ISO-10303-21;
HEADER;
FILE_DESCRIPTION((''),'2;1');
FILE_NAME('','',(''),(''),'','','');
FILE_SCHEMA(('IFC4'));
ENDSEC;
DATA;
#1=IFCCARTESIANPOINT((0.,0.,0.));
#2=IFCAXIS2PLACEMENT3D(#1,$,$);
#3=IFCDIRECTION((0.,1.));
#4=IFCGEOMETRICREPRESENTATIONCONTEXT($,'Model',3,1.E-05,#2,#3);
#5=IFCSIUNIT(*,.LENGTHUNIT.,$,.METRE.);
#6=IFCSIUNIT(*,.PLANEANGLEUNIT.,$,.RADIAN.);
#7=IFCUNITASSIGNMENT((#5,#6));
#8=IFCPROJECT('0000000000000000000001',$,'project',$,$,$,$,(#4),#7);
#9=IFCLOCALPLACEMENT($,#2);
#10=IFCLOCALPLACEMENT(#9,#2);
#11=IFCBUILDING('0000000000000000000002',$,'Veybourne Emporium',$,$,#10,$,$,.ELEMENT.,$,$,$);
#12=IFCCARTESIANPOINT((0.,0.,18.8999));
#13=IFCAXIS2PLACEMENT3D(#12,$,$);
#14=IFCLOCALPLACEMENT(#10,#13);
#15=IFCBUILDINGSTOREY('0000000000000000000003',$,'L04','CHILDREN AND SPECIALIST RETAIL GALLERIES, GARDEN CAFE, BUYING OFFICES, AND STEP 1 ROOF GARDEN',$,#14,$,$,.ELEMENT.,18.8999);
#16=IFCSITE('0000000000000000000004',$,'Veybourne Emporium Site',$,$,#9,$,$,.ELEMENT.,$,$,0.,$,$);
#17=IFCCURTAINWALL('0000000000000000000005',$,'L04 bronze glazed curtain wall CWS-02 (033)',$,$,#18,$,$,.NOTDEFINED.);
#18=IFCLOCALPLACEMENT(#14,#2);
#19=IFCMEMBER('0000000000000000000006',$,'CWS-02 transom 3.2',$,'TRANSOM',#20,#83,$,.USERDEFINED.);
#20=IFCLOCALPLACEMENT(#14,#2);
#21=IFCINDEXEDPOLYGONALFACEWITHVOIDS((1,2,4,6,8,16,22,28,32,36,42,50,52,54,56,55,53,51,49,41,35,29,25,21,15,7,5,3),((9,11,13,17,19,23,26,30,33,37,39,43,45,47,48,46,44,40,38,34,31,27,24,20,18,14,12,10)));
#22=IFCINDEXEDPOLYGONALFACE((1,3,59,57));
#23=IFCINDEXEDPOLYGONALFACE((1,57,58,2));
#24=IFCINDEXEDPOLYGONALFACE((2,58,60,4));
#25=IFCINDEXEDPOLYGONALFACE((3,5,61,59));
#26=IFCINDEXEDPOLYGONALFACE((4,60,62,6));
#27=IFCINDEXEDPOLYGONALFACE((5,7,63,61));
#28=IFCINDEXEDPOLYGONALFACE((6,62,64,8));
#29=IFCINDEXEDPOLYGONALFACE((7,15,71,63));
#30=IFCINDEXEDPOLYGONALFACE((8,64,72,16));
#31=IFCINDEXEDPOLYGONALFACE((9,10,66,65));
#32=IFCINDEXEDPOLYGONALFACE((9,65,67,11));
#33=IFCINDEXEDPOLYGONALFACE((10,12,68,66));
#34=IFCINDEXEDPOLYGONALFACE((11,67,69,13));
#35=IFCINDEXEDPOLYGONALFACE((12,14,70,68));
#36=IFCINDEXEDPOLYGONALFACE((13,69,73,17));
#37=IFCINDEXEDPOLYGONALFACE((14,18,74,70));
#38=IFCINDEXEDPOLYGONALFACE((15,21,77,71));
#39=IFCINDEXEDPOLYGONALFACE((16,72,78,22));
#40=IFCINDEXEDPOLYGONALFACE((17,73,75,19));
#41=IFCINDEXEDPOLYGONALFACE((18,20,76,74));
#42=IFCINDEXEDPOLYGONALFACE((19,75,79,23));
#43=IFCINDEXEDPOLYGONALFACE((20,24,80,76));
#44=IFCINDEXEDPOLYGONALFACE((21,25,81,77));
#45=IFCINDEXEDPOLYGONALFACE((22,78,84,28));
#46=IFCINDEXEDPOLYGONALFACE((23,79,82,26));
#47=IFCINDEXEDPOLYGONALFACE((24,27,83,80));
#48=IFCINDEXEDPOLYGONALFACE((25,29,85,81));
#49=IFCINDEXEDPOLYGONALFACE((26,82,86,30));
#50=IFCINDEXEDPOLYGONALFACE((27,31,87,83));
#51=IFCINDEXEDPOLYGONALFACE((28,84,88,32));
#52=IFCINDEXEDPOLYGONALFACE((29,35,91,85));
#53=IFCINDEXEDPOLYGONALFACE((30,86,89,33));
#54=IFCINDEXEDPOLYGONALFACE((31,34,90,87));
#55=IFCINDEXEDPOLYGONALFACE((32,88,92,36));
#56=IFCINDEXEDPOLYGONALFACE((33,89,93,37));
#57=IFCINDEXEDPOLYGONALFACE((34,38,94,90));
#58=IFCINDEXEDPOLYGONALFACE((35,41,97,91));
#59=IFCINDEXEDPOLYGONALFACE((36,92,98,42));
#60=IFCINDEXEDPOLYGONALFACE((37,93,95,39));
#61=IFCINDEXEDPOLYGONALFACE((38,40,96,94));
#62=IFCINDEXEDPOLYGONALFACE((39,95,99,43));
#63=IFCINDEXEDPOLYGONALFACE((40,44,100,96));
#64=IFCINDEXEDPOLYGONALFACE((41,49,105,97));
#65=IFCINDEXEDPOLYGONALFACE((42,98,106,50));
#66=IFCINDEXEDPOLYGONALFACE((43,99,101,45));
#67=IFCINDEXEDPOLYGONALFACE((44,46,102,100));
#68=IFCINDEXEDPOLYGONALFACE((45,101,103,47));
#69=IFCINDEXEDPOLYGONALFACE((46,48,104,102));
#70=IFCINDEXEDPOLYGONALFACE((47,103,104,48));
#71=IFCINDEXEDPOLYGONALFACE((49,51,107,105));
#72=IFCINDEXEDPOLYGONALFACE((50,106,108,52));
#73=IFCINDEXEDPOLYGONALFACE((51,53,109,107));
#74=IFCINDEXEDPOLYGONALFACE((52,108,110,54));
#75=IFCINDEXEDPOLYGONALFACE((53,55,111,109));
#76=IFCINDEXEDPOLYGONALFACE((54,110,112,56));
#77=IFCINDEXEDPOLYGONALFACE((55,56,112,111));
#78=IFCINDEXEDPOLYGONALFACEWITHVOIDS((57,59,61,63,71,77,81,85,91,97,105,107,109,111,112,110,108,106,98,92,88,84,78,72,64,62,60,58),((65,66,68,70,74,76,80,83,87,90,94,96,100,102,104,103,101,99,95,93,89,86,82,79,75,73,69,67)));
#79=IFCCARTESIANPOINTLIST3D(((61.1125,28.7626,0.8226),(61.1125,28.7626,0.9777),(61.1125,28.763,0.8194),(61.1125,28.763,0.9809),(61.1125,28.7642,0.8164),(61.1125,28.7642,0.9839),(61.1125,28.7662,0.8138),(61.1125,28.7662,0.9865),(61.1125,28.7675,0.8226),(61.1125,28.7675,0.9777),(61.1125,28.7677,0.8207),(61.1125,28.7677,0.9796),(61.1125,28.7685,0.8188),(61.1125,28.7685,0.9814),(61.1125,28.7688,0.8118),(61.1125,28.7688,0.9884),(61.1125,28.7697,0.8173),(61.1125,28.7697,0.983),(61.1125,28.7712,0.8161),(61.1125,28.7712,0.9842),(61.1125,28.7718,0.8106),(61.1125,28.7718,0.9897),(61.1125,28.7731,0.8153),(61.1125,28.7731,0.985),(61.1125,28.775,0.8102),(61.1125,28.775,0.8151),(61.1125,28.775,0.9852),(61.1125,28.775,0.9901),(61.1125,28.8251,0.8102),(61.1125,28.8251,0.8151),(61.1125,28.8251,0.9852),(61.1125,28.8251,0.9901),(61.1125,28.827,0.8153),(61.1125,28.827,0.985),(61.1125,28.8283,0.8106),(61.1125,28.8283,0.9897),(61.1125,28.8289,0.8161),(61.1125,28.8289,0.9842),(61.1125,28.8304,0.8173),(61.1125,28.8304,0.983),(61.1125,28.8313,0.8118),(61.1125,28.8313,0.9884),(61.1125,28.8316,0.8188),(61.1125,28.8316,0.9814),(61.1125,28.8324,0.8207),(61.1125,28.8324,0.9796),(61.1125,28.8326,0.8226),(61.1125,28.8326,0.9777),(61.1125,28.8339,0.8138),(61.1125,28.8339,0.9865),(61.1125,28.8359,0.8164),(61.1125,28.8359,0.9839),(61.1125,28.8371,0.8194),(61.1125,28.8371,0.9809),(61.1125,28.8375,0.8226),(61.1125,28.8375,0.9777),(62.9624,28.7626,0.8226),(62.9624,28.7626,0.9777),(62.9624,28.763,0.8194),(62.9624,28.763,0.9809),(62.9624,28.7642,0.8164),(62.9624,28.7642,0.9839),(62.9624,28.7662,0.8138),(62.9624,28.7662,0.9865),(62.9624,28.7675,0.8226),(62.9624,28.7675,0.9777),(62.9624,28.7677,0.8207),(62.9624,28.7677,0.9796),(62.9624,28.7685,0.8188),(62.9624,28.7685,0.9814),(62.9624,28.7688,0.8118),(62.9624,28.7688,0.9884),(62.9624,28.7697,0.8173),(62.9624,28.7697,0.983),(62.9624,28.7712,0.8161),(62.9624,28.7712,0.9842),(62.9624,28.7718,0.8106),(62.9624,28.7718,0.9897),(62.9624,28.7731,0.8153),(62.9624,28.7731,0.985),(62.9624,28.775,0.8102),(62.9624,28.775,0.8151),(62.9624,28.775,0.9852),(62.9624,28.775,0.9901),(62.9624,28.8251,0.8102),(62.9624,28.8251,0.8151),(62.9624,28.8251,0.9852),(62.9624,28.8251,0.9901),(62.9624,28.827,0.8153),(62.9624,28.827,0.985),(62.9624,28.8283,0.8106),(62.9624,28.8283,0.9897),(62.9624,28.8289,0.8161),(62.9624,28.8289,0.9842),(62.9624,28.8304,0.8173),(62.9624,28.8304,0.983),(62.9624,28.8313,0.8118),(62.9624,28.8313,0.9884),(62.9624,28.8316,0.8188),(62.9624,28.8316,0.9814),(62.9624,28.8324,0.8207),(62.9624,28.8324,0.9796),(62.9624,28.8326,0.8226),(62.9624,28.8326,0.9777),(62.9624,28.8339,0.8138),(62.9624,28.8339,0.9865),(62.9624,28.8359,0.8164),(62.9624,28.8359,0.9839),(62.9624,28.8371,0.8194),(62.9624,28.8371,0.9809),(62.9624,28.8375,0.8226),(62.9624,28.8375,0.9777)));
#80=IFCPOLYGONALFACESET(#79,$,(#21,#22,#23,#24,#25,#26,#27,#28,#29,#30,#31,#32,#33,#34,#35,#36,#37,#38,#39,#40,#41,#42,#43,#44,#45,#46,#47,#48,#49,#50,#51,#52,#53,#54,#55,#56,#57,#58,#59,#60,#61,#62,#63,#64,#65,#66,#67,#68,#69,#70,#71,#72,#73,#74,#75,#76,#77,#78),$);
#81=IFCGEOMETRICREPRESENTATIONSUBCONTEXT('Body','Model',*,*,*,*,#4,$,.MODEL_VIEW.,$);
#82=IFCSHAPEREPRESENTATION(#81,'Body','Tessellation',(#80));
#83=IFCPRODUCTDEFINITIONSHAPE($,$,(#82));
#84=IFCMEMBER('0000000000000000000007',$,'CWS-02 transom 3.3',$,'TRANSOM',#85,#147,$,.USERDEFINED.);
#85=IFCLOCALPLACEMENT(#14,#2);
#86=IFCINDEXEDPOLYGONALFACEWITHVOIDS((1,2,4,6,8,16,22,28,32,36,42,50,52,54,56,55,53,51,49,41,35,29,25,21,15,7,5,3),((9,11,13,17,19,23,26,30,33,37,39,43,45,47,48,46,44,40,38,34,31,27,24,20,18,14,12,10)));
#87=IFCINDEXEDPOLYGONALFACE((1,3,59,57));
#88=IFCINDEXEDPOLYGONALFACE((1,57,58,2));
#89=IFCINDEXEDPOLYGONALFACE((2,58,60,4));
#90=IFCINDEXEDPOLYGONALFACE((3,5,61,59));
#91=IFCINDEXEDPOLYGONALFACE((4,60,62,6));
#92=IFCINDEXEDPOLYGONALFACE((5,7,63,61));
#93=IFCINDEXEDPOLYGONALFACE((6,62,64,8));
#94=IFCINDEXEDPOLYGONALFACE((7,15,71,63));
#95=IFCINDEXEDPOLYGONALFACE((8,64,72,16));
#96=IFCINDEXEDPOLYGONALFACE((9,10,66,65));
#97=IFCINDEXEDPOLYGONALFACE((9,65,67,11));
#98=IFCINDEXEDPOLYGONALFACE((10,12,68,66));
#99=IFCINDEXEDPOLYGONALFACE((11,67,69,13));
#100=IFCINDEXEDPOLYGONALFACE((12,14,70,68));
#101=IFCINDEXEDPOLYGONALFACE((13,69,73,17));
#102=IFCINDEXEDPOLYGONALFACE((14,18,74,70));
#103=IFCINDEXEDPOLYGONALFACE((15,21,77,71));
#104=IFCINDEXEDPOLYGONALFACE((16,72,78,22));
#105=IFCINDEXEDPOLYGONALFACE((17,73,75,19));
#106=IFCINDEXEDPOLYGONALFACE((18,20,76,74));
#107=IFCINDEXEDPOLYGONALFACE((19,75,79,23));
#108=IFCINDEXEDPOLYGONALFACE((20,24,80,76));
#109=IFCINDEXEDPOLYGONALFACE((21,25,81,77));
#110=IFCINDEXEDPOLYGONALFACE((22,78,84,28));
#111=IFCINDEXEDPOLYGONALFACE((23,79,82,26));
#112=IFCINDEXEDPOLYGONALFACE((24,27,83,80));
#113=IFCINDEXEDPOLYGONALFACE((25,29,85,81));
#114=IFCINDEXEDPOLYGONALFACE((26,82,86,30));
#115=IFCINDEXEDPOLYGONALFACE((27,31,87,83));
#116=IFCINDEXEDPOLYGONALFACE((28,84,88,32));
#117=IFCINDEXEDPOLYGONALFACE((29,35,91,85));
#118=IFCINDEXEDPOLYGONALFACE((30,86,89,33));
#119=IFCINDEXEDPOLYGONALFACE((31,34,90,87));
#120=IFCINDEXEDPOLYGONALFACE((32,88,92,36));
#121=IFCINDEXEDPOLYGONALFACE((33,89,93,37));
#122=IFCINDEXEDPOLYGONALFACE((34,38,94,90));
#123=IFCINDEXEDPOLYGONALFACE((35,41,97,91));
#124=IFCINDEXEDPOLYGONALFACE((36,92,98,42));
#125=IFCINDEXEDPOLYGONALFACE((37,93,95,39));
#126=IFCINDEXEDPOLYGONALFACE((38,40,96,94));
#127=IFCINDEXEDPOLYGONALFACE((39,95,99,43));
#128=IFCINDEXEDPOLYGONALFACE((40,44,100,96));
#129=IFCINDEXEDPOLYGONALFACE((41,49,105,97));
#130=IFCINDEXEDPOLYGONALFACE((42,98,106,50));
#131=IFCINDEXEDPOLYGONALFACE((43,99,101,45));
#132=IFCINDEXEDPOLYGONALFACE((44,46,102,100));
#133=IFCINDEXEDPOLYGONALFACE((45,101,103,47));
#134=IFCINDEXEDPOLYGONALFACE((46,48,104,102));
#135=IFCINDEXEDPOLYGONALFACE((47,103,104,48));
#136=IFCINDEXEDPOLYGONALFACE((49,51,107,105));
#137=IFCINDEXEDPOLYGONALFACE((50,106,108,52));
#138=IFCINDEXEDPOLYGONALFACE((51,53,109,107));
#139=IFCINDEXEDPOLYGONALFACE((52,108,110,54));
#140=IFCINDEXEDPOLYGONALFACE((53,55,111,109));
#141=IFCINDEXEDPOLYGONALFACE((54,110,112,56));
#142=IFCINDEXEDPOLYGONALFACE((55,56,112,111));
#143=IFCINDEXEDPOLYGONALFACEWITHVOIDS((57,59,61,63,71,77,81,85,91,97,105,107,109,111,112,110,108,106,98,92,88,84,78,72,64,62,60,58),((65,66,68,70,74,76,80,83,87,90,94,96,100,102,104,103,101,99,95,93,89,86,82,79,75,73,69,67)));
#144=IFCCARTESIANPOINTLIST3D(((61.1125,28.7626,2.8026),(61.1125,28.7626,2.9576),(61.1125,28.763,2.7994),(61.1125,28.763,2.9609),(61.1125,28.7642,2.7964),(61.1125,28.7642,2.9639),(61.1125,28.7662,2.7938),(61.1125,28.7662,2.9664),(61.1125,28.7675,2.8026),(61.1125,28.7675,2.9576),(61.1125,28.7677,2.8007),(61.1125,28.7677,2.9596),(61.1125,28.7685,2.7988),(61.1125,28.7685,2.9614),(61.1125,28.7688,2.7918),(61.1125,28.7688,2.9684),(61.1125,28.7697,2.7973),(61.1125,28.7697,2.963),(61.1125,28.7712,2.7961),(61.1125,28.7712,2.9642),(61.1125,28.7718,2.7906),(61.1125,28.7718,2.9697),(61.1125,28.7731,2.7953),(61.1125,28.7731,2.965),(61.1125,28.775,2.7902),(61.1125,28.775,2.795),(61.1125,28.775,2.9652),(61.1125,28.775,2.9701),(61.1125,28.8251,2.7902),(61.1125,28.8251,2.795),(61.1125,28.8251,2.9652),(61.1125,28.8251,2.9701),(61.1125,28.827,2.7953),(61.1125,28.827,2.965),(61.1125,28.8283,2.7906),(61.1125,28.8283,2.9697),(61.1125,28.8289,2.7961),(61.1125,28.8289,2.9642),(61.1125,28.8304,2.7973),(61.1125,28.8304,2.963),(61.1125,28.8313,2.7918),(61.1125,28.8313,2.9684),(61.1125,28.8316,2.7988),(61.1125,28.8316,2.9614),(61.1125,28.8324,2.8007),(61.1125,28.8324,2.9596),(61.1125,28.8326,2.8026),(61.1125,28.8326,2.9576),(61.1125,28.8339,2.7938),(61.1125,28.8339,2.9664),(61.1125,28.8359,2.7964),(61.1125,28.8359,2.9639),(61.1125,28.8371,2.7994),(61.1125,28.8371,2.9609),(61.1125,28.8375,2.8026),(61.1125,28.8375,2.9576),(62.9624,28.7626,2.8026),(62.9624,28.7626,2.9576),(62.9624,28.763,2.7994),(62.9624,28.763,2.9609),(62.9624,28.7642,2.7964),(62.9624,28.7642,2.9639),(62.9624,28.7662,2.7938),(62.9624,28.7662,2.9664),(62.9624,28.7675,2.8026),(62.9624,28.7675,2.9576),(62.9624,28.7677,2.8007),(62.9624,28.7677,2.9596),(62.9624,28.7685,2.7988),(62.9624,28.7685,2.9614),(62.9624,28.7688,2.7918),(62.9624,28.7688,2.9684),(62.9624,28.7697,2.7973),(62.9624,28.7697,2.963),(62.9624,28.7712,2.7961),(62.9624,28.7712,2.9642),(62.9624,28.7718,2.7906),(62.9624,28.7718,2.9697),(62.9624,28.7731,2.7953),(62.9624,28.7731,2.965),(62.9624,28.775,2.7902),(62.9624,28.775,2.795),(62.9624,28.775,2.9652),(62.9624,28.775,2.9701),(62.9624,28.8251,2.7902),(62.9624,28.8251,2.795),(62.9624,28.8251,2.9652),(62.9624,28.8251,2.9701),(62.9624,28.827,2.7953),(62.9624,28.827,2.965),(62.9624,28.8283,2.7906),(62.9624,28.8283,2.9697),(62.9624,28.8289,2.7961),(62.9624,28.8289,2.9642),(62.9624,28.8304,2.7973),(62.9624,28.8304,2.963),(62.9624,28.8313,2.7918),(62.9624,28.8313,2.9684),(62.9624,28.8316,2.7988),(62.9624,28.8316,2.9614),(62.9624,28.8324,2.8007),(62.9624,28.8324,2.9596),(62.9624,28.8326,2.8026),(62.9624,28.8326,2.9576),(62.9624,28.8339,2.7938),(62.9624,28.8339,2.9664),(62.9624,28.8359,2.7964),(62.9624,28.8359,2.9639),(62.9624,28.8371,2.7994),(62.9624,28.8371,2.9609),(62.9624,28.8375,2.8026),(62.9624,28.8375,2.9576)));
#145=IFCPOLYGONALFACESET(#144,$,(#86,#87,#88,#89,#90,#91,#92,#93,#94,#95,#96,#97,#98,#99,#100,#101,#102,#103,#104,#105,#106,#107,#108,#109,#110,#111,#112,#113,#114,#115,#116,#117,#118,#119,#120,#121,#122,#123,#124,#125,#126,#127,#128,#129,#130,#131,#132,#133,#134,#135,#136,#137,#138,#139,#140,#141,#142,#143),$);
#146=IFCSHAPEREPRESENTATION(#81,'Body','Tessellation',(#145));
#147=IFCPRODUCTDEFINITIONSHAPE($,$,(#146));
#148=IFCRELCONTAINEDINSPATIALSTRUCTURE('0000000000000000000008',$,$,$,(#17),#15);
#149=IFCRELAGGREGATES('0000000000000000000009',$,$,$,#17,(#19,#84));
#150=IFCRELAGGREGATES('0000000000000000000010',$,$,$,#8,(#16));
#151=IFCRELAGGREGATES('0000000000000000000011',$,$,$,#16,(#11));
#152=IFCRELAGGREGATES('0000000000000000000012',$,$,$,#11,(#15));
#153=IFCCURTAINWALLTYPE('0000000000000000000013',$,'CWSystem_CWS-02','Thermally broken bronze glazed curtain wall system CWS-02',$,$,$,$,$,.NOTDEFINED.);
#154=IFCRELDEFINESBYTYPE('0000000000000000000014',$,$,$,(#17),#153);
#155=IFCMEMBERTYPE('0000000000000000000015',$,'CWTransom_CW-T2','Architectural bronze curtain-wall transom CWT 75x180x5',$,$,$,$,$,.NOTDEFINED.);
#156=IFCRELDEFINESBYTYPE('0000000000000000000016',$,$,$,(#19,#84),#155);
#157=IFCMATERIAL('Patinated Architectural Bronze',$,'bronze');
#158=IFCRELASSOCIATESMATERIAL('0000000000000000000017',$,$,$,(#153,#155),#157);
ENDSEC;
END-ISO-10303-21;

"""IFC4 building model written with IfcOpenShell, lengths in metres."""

from ifc_helpers import new_model, si_unit, direction, frame, origin, origin_2d, place, context, subcontext, project, spatial, hollow_rectangle, extrude, material, material_profile, profile_set, type_object, element, aggregate, save


model = new_model("IFC4")

# Units and contexts
model_context = context("Model", 3, precision=1e-05, world=origin(), true_north=direction((0.0, 1.0)))
body_context = subcontext(model_context, "Body", "Model", "MODEL_VIEW")
ifc_project = project(units=[si_unit("LENGTHUNIT", "METRE"), si_unit("PLANEANGLEUNIT", "RADIAN")], contexts=[model_context])

# Site, building, storey
site_placement = place(None, origin())
site = spatial("IfcSite", under=ifc_project, at=site_placement, Name="Veybourne Emporium Site", CompositionType="ELEMENT", RefElevation=0.0)
building_placement = place(site_placement, origin())
building = spatial("IfcBuilding", under=site, at=building_placement, Name="Veybourne Emporium", CompositionType="ELEMENT")
storey_placement = place(building_placement, frame((0.0, 0.0, 18.8999)))
storey = spatial("IfcBuildingStorey", under=building, at=storey_placement, Name="L04", Description="CHILDREN AND SPECIALIST RETAIL GALLERIES, GARDEN CAFE, BUYING OFFICES, AND STEP 1 ROOF GARDEN", CompositionType="ELEMENT", Elevation=18.8999)

# Curtain wall, members
ifc_material_1 = material(Name="Patinated Architectural Bronze", Category="bronze")
curtain_wall_type = type_object("IfcCurtainWallType", Name="CWSystem_CWS-02", Description="Thermally broken bronze glazed curtain wall system CWS-02", PredefinedType="NOTDEFINED", material=ifc_material_1)
curtain_wall_placement = place(storey_placement, origin())
curtain_wall = element("IfcCurtainWall", 1, at=curtain_wall_placement, inside=storey, type_object=curtain_wall_type, Name="L04 bronze glazed curtain wall CWS-02 (033)", PredefinedType="NOTDEFINED")
ifc_material_profile_1 = material_profile(ifc_material_1, hollow_rectangle(XDim=0.075, YDim=0.1799, WallThickness=0.0049, InnerFilletRadius=0.0076, OuterFilletRadius=0.0125, at=origin_2d()), Name="CWT 75x180x5")
ifc_profile_set_1 = profile_set([ifc_material_profile_1], Name="Patinated Architectural Bronze")
member_type_1 = type_object("IfcMemberType", Name="CWTransom_CW-T2", Description="Architectural bronze curtain-wall transom CWT 75x180x5", PredefinedType="NOTDEFINED", material=ifc_profile_set_1)
member_1_placement = place(storey_placement, frame((62.9624, 28.8, 0.9001), z_axis=(-1.0, 0.0, 0.0), x_axis=(0.0, -1.0, 0.0)))
member_1 = element("IfcMember", 2, at=member_1_placement, type_object=member_type_1, Name="CWS-02 transom 3.2", ObjectType="TRANSOM", PredefinedType="USERDEFINED", context=body_context, shape_type="SweptSolid", body=[
    extrude(hollow_rectangle(XDim=0.075, YDim=0.1799, WallThickness=0.0049, InnerFilletRadius=0.0076, OuterFilletRadius=0.0125, at=origin_2d()), origin(), (0.0, 0.0, 1.0), 1.8499),
])
member_2_placement = place(storey_placement, frame((62.9624, 28.8, 2.8801), z_axis=(-1.0, 0.0, 0.0), x_axis=(0.0, -1.0, 0.0)))
member_2 = element("IfcMember", 3, at=member_2_placement, type_object=member_type_1, Name="CWS-02 transom 3.3", ObjectType="TRANSOM", PredefinedType="USERDEFINED", context=body_context, shape_type="SweptSolid", body=[
    extrude(hollow_rectangle(XDim=0.075, YDim=0.1799, WallThickness=0.0049, InnerFilletRadius=0.0076, OuterFilletRadius=0.0125, at=origin_2d()), origin(), (0.0, 0.0, 1.0), 1.8499),
])

aggregate(curtain_wall, [member_1, member_2])

save(model, "model.ifc")
